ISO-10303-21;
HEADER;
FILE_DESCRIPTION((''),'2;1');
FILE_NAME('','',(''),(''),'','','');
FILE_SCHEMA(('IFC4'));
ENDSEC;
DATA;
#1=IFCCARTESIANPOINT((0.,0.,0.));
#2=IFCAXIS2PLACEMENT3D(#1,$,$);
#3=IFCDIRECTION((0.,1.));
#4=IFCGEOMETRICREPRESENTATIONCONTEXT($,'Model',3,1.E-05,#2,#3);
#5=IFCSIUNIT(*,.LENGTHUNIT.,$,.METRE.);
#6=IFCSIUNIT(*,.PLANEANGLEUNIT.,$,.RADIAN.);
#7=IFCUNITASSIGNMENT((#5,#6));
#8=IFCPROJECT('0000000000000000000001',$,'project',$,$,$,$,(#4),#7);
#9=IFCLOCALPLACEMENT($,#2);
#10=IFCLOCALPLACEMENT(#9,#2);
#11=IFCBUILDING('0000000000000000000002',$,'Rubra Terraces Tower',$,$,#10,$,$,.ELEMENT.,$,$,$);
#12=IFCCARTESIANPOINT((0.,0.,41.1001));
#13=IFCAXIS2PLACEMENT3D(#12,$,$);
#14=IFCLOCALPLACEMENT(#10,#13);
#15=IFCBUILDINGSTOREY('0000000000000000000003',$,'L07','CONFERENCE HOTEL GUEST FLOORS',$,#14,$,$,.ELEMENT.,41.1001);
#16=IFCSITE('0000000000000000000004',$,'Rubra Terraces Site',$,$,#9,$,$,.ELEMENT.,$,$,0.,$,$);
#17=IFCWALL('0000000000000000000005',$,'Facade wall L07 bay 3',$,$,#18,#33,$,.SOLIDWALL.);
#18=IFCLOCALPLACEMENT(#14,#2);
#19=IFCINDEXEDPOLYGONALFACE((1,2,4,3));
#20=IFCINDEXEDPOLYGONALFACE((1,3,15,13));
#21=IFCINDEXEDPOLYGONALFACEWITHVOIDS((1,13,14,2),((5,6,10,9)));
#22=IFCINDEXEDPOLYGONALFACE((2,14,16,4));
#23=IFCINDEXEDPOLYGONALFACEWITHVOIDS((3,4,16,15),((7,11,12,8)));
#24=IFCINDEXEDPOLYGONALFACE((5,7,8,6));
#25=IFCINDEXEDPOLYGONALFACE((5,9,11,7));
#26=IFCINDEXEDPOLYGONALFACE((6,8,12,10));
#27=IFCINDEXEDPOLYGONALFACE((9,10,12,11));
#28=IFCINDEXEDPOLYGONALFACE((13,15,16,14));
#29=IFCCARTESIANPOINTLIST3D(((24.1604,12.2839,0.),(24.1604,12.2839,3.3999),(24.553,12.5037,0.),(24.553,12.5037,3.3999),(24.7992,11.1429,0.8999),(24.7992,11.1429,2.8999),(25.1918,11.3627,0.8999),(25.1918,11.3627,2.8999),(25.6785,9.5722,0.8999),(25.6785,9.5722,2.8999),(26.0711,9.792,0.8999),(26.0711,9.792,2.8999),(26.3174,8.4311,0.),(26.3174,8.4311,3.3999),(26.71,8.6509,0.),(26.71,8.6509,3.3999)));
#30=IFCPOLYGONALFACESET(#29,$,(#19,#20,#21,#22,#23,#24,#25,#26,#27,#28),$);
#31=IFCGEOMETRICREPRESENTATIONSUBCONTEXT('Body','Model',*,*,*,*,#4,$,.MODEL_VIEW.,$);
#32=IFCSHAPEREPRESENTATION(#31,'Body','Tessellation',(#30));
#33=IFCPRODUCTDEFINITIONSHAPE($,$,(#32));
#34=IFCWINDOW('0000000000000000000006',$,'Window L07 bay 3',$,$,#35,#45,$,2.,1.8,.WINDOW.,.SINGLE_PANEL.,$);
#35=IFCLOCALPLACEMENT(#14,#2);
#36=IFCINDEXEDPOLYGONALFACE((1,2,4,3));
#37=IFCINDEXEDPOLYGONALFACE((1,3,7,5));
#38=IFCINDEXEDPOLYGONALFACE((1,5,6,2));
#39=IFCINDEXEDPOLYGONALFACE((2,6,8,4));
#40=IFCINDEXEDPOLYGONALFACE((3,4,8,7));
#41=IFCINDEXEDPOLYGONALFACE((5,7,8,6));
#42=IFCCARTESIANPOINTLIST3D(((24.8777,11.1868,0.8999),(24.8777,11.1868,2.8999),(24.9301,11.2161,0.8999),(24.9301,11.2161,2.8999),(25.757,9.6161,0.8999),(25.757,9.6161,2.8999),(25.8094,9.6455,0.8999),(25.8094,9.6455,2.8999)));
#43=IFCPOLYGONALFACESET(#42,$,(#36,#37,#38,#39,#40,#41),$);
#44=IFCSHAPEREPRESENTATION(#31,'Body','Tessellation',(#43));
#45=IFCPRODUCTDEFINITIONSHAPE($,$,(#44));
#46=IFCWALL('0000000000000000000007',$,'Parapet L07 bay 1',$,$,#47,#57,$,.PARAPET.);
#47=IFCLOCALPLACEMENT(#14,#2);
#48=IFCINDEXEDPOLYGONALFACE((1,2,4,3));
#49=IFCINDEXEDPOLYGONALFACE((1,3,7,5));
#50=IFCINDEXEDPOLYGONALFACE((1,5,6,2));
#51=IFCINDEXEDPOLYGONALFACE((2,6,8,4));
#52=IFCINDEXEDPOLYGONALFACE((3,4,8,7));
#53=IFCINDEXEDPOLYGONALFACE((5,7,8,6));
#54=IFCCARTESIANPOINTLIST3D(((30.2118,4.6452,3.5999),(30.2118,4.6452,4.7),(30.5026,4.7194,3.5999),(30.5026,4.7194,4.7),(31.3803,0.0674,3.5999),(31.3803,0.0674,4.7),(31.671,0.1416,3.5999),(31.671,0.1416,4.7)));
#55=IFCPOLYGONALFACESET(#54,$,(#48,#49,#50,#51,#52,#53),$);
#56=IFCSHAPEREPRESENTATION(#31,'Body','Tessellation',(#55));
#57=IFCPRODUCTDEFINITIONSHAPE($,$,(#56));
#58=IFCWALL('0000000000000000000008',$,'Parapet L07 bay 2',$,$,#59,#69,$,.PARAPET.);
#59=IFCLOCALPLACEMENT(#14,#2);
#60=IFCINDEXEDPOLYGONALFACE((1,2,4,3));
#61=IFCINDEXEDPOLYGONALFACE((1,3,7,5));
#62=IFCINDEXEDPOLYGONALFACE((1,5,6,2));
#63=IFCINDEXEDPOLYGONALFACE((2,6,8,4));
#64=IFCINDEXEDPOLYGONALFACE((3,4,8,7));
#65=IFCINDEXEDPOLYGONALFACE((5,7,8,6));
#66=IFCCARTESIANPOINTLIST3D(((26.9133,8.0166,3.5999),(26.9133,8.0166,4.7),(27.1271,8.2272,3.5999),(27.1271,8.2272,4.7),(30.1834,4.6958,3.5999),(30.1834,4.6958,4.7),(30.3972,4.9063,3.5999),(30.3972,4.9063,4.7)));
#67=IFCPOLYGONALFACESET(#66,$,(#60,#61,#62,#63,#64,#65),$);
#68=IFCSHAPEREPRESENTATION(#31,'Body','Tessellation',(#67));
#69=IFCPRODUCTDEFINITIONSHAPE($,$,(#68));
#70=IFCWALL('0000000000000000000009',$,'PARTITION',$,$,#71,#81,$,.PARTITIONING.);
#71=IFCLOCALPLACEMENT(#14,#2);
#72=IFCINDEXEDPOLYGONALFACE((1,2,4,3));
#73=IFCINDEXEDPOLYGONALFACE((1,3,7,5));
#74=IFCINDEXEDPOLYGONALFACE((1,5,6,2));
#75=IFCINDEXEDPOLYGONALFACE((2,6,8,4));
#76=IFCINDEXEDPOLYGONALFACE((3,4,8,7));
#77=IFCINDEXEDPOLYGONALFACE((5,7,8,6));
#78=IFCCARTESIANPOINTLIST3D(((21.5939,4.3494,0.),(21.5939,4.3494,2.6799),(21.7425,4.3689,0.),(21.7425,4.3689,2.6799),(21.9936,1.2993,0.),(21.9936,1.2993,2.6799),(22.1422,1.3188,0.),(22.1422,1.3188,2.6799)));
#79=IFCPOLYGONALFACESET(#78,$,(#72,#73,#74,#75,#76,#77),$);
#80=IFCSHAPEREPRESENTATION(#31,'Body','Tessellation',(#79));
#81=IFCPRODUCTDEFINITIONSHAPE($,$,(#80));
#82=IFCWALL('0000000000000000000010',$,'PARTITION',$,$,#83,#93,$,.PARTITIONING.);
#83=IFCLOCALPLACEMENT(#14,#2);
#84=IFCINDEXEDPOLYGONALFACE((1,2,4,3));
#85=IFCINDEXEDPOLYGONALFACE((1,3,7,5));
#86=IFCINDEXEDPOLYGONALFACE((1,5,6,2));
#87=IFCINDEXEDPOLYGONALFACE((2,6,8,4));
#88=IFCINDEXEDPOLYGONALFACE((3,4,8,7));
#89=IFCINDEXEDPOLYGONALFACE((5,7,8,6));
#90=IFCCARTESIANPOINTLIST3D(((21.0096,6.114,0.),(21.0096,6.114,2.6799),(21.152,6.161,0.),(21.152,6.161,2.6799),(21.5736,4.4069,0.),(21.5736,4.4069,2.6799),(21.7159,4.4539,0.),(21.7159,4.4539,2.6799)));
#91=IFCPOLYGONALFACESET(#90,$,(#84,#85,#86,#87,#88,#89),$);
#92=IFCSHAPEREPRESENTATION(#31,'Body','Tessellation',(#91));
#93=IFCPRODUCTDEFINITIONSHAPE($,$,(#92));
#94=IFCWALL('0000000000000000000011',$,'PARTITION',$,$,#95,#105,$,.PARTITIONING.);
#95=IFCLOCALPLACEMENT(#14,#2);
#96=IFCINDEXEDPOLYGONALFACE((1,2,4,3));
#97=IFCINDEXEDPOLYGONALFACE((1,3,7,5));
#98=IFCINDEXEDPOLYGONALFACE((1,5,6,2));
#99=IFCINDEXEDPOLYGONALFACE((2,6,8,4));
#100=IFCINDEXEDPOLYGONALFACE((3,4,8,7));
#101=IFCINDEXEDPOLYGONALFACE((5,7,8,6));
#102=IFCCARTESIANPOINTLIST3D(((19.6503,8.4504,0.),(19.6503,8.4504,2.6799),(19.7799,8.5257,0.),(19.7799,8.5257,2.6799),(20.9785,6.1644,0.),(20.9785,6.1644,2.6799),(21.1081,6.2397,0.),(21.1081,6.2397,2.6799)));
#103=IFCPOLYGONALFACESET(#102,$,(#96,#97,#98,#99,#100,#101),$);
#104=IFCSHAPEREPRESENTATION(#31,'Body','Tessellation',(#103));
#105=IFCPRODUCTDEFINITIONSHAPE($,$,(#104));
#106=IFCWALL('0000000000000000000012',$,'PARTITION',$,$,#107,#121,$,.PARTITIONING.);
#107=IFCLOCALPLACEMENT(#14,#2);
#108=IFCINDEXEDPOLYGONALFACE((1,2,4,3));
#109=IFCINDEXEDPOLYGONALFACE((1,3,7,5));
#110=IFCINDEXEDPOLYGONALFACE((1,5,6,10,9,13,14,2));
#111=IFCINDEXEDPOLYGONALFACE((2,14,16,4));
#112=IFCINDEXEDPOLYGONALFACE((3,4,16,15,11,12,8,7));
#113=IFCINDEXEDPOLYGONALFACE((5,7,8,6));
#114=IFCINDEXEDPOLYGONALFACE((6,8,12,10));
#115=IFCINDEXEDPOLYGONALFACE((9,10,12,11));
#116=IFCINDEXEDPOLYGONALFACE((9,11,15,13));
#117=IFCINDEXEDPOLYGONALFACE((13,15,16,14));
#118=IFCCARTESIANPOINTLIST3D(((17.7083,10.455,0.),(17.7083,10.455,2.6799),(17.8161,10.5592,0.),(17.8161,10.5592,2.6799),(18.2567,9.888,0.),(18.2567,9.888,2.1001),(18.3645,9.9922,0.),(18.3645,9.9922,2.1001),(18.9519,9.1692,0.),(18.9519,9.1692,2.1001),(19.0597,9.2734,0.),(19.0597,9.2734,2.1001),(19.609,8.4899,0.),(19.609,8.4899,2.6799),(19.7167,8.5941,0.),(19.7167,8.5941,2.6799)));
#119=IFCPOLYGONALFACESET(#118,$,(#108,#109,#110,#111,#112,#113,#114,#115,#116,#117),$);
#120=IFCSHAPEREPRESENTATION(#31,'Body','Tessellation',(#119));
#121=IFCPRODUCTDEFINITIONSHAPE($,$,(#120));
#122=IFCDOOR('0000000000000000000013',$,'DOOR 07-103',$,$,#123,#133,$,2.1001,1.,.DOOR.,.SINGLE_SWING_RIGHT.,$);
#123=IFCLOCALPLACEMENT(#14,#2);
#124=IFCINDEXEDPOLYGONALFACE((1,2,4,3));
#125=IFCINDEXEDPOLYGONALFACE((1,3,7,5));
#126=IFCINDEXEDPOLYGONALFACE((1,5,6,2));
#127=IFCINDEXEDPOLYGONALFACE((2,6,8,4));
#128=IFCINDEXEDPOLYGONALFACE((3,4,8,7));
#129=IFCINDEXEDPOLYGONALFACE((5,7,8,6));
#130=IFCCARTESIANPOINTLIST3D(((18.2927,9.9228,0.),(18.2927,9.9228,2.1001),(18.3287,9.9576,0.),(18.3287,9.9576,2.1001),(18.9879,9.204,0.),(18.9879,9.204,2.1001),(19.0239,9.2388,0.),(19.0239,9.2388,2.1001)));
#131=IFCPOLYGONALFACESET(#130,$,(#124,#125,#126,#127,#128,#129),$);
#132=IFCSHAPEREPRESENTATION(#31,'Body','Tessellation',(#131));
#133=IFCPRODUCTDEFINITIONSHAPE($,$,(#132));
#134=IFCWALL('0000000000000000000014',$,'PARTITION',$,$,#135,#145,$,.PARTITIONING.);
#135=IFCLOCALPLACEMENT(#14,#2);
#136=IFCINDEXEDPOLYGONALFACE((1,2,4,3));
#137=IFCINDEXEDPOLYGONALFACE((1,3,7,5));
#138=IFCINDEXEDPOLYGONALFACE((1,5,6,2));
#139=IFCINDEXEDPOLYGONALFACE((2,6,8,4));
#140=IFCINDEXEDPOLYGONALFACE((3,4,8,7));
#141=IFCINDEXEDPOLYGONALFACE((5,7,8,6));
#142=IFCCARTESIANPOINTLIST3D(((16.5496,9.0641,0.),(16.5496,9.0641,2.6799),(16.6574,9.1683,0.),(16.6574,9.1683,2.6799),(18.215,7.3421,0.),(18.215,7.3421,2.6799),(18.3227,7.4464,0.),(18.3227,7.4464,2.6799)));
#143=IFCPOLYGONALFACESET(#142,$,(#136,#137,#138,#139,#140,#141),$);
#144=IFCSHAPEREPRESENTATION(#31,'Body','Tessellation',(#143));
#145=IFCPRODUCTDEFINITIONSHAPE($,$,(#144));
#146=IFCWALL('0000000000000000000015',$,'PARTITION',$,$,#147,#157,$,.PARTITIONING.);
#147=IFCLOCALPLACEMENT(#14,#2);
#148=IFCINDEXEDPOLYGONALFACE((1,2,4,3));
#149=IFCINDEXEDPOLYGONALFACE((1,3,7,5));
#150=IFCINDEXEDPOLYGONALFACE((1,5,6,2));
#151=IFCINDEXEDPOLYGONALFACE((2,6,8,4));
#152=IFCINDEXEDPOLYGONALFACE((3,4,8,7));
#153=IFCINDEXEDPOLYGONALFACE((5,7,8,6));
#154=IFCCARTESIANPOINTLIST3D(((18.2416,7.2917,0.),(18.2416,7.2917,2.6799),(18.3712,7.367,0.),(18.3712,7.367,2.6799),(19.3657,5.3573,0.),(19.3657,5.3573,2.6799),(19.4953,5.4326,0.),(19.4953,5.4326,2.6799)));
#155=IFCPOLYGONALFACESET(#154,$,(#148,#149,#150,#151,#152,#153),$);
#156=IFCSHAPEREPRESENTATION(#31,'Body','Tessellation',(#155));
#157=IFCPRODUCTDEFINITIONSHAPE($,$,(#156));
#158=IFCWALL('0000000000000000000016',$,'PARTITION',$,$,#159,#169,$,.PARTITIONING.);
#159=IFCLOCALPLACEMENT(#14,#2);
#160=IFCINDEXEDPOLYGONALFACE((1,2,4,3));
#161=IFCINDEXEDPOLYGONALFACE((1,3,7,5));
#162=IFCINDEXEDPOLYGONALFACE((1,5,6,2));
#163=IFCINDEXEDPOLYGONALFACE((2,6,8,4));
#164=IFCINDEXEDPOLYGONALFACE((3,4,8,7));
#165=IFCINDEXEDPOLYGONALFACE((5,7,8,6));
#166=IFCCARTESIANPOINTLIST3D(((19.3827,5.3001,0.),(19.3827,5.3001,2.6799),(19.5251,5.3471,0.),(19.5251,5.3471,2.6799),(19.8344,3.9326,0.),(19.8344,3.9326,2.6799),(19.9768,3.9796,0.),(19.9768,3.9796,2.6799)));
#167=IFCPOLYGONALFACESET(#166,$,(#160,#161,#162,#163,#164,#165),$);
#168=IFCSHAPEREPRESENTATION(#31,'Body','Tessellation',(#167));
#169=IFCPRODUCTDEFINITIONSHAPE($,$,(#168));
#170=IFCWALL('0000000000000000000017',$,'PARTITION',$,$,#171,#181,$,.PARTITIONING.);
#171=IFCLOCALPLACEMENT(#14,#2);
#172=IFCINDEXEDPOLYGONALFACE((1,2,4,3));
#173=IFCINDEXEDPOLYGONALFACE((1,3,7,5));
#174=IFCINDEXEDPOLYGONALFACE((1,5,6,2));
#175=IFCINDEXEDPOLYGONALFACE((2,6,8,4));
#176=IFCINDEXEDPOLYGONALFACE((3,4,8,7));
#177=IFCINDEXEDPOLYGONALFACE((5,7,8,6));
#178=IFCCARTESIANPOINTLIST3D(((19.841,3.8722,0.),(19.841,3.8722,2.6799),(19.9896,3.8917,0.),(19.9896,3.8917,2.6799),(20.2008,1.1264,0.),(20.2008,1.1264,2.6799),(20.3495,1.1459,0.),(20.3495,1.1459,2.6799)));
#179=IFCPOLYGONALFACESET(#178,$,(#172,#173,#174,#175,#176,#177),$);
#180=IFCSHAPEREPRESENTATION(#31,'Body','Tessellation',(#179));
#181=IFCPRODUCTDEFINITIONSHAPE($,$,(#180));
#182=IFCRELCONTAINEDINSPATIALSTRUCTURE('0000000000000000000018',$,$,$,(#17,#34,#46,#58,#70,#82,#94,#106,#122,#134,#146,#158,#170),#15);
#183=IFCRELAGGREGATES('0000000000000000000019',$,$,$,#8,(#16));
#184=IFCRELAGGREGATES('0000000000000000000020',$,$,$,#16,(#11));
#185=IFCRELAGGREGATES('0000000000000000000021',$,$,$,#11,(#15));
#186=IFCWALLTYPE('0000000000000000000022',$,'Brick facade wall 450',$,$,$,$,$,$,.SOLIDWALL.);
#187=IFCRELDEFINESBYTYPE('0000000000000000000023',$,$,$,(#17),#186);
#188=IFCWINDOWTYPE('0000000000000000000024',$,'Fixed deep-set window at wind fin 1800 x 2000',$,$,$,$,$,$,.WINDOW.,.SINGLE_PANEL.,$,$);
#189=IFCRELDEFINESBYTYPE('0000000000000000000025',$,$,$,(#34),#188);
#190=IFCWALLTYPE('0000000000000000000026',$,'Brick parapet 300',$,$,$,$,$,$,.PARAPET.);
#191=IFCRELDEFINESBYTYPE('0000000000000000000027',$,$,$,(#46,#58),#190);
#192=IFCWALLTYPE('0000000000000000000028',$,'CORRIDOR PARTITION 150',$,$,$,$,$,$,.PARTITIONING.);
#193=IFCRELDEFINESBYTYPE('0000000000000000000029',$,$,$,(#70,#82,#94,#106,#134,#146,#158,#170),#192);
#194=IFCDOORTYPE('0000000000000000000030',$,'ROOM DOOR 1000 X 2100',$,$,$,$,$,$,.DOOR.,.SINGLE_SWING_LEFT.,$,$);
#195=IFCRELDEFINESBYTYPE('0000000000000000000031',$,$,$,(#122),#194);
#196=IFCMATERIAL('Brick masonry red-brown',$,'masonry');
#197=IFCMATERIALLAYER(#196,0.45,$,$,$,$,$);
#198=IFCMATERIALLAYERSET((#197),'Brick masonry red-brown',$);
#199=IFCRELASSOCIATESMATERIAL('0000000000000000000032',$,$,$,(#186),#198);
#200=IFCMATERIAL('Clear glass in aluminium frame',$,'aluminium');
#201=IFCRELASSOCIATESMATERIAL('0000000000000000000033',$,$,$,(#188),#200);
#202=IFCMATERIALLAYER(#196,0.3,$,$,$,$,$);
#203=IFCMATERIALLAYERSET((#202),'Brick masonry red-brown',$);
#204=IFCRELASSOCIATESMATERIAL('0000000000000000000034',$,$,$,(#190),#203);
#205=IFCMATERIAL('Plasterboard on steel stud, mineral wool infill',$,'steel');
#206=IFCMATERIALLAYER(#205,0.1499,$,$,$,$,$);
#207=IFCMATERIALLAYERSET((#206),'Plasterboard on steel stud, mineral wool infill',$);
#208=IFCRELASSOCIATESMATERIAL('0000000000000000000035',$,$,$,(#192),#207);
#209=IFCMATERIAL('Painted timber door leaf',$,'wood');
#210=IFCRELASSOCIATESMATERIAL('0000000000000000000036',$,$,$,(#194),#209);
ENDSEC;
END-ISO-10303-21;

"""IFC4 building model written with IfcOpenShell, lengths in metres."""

from ifc_helpers import new_model, si_unit, direction, frame, frame_2d, origin, place, context, subcontext, project, spatial, rectangle, extrude, material, layer, layer_set, type_object, element, fill, save


model = new_model("IFC4")

# Units and contexts
model_context = context("Model", 3, precision=1e-05, world=origin(), true_north=direction((0.0, 1.0)))
body_context = subcontext(model_context, "Body", "Model", "MODEL_VIEW")
ifc_project = project(units=[si_unit("LENGTHUNIT", "METRE"), si_unit("PLANEANGLEUNIT", "RADIAN")], contexts=[model_context])

# Site, building, storey
site_placement = place(None, origin())
site = spatial("IfcSite", under=ifc_project, at=site_placement, Name="Rubra Terraces Site", CompositionType="ELEMENT", RefElevation=0.0)
building_placement = place(site_placement, origin())
building = spatial("IfcBuilding", under=site, at=building_placement, Name="Rubra Terraces Tower", CompositionType="ELEMENT")
storey_placement = place(building_placement, frame((0.0, 0.0, 41.1001)))
storey = spatial("IfcBuildingStorey", under=building, at=storey_placement, Name="L07", Description="CONFERENCE HOTEL GUEST FLOORS", CompositionType="ELEMENT", Elevation=41.1001)

# Wall, opening, window
ifc_material_1 = material(Name="Brick masonry red-brown", Category="masonry")
ifc_layer_1 = layer(ifc_material_1, 0.45)
ifc_layer_set_1 = layer_set([ifc_layer_1], Name="Brick masonry red-brown")
wall_type_1 = type_object("IfcWallType", Name="Brick facade wall 450", PredefinedType="SOLIDWALL", material=ifc_layer_set_1)
ifc_material_2 = material(Name="Clear glass in aluminium frame", Category="aluminium")
wall_1_placement = place(storey_placement, frame((26.5137, 8.541, 0.0), z_axis=(0.0, 0.0, 1.0), x_axis=(-0.488504, 0.872562, 0.0)))
wall_1 = element("IfcWall", 1, at=wall_1_placement, inside=storey, type_object=wall_type_1, Name="Facade wall L07 bay 3", PredefinedType="SOLIDWALL", context=body_context, shape_type="SweptSolid", body=[
    extrude(rectangle(XDim=4.4155, YDim=0.45, at=frame_2d((2.2078, 0.0))), origin(), (0.0, 0.0, 1.0), 3.3999),
])
opening_1_placement = place(wall_1_placement, frame((1.3079, 0.0, 0.8999)))
opening_1 = element("IfcOpeningElement", 2, at=opening_1_placement, cuts=wall_1, PredefinedType="OPENING", context=body_context, shape_type="SweptSolid", body=[
    extrude(rectangle(XDim=1.8, YDim=2.0, at=frame_2d((0.8999, 1.0))), frame((0.0, 0.2349, 0.0), z_axis=(0.0, -1.0, 0.0), x_axis=(1.0, 0.0, 0.0)), (0.0, 0.0, 1.0), 0.47),
])
window_type_1 = type_object("IfcWindowType", Name="Fixed deep-set window at wind fin 1800 x 2000", PartitioningType="SINGLE_PANEL", PredefinedType="WINDOW", material=ifc_material_2)
window_1_placement = place(opening_1_placement, origin())
window_1 = element("IfcWindow", 3, at=window_1_placement, inside=storey, type_object=window_type_1, Name="Window L07 bay 3", OverallHeight=2.0, OverallWidth=1.8, PartitioningType="SINGLE_PANEL", PredefinedType="WINDOW", context=body_context, shape_type="SweptSolid", body=[
    extrude(rectangle(XDim=1.8, YDim=2.0, at=frame_2d((0.8999, 1.0))), frame((0.0, 0.135, 0.0), z_axis=(0.0, -1.0, 0.0), x_axis=(1.0, 0.0, 0.0)), (0.0, 0.0, 1.0), 0.0601),
])
fill(opening_1, window_1)

# Walls
ifc_layer_2 = layer(ifc_material_1, 0.3)
ifc_layer_set_2 = layer_set([ifc_layer_2], Name="Brick masonry red-brown")
wall_type_2 = type_object("IfcWallType", Name="Brick parapet 300", PredefinedType="PARAPET", material=ifc_layer_set_2)
wall_2_placement = place(storey_placement, frame((31.5256, 0.1045, 3.5999), z_axis=(0.0, 0.0, 1.0), x_axis=(-0.247311, 0.968936, 0.0)))
element("IfcWall", 4, at=wall_2_placement, inside=storey, type_object=wall_type_2, Name="Parapet L07 bay 1", PredefinedType="PARAPET", context=body_context, shape_type="SweptSolid", body=[
    extrude(rectangle(XDim=4.7246, YDim=0.3, at=frame_2d((2.3623, 0.0))), origin(), (0.0, 0.0, 1.0), 1.1001),
])
wall_3_placement = place(storey_placement, frame((30.2903, 4.801, 3.5999), z_axis=(0.0, 0.0, 1.0), x_axis=(-0.701638, 0.712534, 0.0)))
element("IfcWall", 5, at=wall_3_placement, inside=storey, type_object=wall_type_2, Name="Parapet L07 bay 2", PredefinedType="PARAPET", context=body_context, shape_type="SweptSolid", body=[
    extrude(rectangle(XDim=4.6606, YDim=0.3, at=frame_2d((2.3303, 0.0))), origin(), (0.0, 0.0, 1.0), 1.1001),
])
ifc_material_3 = material(Name="Plasterboard on steel stud, mineral wool infill", Category="steel")
ifc_layer_3 = layer(ifc_material_3, 0.1499)
ifc_layer_set_3 = layer_set([ifc_layer_3], Name="Plasterboard on steel stud, mineral wool infill")
wall_type_3 = type_object("IfcWallType", Name="CORRIDOR PARTITION 150", PredefinedType="PARTITIONING", material=ifc_layer_set_3)
wall_4_placement = place(storey_placement, frame((22.0679, 1.3091, 0.0), z_axis=(0.0, 0.0, 1.0), x_axis=(-0.129923, 0.991524, 0.0)))
element("IfcWall", 6, at=wall_4_placement, inside=storey, type_object=wall_type_3, Name="PARTITION", PredefinedType="PARTITIONING", context=body_context, shape_type="SweptSolid", body=[
    extrude(rectangle(XDim=3.0762, YDim=0.1499, at=frame_2d((1.5381, 0.0))), origin(), (0.0, 0.0, 1.0), 2.6799),
])
wall_5_placement = place(storey_placement, frame((21.6448, 4.4304, 0.0), z_axis=(0.0, 0.0, 1.0), x_axis=(-0.313701, 0.949522, 0.0)))
element("IfcWall", 7, at=wall_5_placement, inside=storey, type_object=wall_type_3, Name="PARTITION", PredefinedType="PARTITIONING", context=body_context, shape_type="SweptSolid", body=[
    extrude(rectangle(XDim=1.7979, YDim=0.1499, at=frame_2d((0.8989, 0.0))), origin(), (0.0, 0.0, 1.0), 2.6799),
])
wall_6_placement = place(storey_placement, frame((21.0432, 6.2021, 0.0), z_axis=(0.0, 0.0, 1.0), x_axis=(-0.502372, 0.864652, 0.0)))
element("IfcWall", 8, at=wall_6_placement, inside=storey, type_object=wall_type_3, Name="PARTITION", PredefinedType="PARTITIONING", context=body_context, shape_type="SweptSolid", body=[
    extrude(rectangle(XDim=2.6438, YDim=0.1499, at=frame_2d((1.3218, 0.0))), origin(), (0.0, 0.0, 1.0), 2.6799),
])

# Wall, opening, door
wall_7_placement = place(storey_placement, frame((19.6628, 8.542, 0.0), z_axis=(0.0, 0.0, 1.0), x_axis=(-0.695221, 0.718796, 0.0)))
wall_7 = element("IfcWall", 9, at=wall_7_placement, inside=storey, type_object=wall_type_3, Name="PARTITION", PredefinedType="PARTITIONING", context=body_context, shape_type="SweptSolid", body=[
    extrude(rectangle(XDim=2.7339, YDim=0.1499, at=frame_2d((1.3669, 0.0))), origin(), (0.0, 0.0, 1.0), 2.6799),
])
opening_2_placement = place(wall_7_placement, frame((0.9451, 0.0, 0.0)))
opening_2 = element("IfcOpeningElement", 10, at=opening_2_placement, cuts=wall_7, PredefinedType="OPENING", context=body_context, shape_type="SweptSolid", body=[
    extrude(rectangle(XDim=1.0, YDim=2.1001, at=frame_2d((0.5, 1.05))), frame((0.0, 0.085, 0.0), z_axis=(0.0, -1.0, 0.0), x_axis=(1.0, 0.0, 0.0)), (0.0, 0.0, 1.0), 0.1699),
])
ifc_material_4 = material(Name="Painted timber door leaf", Category="wood")
door_type_1 = type_object("IfcDoorType", Name="ROOM DOOR 1000 X 2100", OperationType="SINGLE_SWING_LEFT", PredefinedType="DOOR", material=ifc_material_4)
door_1_placement = place(opening_2_placement, origin())
door_1 = element("IfcDoor", 11, at=door_1_placement, inside=storey, type_object=door_type_1, Name="DOOR 07-103", OperationType="SINGLE_SWING_RIGHT", OverallHeight=2.1001, OverallWidth=1.0, PredefinedType="DOOR", context=body_context, shape_type="SweptSolid", body=[
    extrude(rectangle(XDim=1.0, YDim=2.1001, at=frame_2d((0.5, 1.05))), frame((0.0, 0.0249, 0.0), z_axis=(0.0, -1.0, 0.0), x_axis=(1.0, 0.0, 0.0)), (0.0, 0.0, 1.0), 0.05),
])
fill(opening_2, door_1)

# Walls
wall_8_placement = place(storey_placement, frame((16.6035, 9.1162, 0.0), z_axis=(0.0, 0.0, 1.0), x_axis=(0.695185, -0.71883, 0.0)))
element("IfcWall", 12, at=wall_8_placement, inside=storey, type_object=wall_type_3, Name="PARTITION", PredefinedType="PARTITIONING", context=body_context, shape_type="SweptSolid", body=[
    extrude(rectangle(XDim=2.3955, YDim=0.1499, at=frame_2d((1.1978, 0.0))), origin(), (0.0, 0.0, 1.0), 2.6799),
])
wall_9_placement = place(storey_placement, frame((18.3064, 7.3293, 0.0), z_axis=(0.0, 0.0, 1.0), x_axis=(0.502425, -0.864621, 0.0)))
element("IfcWall", 13, at=wall_9_placement, inside=storey, type_object=wall_type_3, Name="PARTITION", PredefinedType="PARTITIONING", context=body_context, shape_type="SweptSolid", body=[
    extrude(rectangle(XDim=2.2373, YDim=0.1499, at=frame_2d((1.1187, 0.0))), origin(), (0.0, 0.0, 1.0), 2.6799),
])
wall_10_placement = place(storey_placement, frame((19.4539, 5.3237, 0.0), z_axis=(0.0, 0.0, 1.0), x_axis=(0.313633, -0.949544, 0.0)))
element("IfcWall", 14, at=wall_10_placement, inside=storey, type_object=wall_type_3, Name="PARTITION", PredefinedType="PARTITIONING", context=body_context, shape_type="SweptSolid", body=[
    extrude(rectangle(XDim=1.4402, YDim=0.1499, at=frame_2d((0.7202, 0.0))), origin(), (0.0, 0.0, 1.0), 2.6799),
])
wall_11_placement = place(storey_placement, frame((19.9153, 3.8821, 0.0), z_axis=(0.0, 0.0, 1.0), x_axis=(0.129946, -0.991521, 0.0)))
element("IfcWall", 15, at=wall_11_placement, inside=storey, type_object=wall_type_3, Name="PARTITION", PredefinedType="PARTITIONING", context=body_context, shape_type="SweptSolid", body=[
    extrude(rectangle(XDim=2.7693, YDim=0.1499, at=frame_2d((1.3848, 0.0))), origin(), (0.0, 0.0, 1.0), 2.6799),
])

save(model, "model.ifc")
